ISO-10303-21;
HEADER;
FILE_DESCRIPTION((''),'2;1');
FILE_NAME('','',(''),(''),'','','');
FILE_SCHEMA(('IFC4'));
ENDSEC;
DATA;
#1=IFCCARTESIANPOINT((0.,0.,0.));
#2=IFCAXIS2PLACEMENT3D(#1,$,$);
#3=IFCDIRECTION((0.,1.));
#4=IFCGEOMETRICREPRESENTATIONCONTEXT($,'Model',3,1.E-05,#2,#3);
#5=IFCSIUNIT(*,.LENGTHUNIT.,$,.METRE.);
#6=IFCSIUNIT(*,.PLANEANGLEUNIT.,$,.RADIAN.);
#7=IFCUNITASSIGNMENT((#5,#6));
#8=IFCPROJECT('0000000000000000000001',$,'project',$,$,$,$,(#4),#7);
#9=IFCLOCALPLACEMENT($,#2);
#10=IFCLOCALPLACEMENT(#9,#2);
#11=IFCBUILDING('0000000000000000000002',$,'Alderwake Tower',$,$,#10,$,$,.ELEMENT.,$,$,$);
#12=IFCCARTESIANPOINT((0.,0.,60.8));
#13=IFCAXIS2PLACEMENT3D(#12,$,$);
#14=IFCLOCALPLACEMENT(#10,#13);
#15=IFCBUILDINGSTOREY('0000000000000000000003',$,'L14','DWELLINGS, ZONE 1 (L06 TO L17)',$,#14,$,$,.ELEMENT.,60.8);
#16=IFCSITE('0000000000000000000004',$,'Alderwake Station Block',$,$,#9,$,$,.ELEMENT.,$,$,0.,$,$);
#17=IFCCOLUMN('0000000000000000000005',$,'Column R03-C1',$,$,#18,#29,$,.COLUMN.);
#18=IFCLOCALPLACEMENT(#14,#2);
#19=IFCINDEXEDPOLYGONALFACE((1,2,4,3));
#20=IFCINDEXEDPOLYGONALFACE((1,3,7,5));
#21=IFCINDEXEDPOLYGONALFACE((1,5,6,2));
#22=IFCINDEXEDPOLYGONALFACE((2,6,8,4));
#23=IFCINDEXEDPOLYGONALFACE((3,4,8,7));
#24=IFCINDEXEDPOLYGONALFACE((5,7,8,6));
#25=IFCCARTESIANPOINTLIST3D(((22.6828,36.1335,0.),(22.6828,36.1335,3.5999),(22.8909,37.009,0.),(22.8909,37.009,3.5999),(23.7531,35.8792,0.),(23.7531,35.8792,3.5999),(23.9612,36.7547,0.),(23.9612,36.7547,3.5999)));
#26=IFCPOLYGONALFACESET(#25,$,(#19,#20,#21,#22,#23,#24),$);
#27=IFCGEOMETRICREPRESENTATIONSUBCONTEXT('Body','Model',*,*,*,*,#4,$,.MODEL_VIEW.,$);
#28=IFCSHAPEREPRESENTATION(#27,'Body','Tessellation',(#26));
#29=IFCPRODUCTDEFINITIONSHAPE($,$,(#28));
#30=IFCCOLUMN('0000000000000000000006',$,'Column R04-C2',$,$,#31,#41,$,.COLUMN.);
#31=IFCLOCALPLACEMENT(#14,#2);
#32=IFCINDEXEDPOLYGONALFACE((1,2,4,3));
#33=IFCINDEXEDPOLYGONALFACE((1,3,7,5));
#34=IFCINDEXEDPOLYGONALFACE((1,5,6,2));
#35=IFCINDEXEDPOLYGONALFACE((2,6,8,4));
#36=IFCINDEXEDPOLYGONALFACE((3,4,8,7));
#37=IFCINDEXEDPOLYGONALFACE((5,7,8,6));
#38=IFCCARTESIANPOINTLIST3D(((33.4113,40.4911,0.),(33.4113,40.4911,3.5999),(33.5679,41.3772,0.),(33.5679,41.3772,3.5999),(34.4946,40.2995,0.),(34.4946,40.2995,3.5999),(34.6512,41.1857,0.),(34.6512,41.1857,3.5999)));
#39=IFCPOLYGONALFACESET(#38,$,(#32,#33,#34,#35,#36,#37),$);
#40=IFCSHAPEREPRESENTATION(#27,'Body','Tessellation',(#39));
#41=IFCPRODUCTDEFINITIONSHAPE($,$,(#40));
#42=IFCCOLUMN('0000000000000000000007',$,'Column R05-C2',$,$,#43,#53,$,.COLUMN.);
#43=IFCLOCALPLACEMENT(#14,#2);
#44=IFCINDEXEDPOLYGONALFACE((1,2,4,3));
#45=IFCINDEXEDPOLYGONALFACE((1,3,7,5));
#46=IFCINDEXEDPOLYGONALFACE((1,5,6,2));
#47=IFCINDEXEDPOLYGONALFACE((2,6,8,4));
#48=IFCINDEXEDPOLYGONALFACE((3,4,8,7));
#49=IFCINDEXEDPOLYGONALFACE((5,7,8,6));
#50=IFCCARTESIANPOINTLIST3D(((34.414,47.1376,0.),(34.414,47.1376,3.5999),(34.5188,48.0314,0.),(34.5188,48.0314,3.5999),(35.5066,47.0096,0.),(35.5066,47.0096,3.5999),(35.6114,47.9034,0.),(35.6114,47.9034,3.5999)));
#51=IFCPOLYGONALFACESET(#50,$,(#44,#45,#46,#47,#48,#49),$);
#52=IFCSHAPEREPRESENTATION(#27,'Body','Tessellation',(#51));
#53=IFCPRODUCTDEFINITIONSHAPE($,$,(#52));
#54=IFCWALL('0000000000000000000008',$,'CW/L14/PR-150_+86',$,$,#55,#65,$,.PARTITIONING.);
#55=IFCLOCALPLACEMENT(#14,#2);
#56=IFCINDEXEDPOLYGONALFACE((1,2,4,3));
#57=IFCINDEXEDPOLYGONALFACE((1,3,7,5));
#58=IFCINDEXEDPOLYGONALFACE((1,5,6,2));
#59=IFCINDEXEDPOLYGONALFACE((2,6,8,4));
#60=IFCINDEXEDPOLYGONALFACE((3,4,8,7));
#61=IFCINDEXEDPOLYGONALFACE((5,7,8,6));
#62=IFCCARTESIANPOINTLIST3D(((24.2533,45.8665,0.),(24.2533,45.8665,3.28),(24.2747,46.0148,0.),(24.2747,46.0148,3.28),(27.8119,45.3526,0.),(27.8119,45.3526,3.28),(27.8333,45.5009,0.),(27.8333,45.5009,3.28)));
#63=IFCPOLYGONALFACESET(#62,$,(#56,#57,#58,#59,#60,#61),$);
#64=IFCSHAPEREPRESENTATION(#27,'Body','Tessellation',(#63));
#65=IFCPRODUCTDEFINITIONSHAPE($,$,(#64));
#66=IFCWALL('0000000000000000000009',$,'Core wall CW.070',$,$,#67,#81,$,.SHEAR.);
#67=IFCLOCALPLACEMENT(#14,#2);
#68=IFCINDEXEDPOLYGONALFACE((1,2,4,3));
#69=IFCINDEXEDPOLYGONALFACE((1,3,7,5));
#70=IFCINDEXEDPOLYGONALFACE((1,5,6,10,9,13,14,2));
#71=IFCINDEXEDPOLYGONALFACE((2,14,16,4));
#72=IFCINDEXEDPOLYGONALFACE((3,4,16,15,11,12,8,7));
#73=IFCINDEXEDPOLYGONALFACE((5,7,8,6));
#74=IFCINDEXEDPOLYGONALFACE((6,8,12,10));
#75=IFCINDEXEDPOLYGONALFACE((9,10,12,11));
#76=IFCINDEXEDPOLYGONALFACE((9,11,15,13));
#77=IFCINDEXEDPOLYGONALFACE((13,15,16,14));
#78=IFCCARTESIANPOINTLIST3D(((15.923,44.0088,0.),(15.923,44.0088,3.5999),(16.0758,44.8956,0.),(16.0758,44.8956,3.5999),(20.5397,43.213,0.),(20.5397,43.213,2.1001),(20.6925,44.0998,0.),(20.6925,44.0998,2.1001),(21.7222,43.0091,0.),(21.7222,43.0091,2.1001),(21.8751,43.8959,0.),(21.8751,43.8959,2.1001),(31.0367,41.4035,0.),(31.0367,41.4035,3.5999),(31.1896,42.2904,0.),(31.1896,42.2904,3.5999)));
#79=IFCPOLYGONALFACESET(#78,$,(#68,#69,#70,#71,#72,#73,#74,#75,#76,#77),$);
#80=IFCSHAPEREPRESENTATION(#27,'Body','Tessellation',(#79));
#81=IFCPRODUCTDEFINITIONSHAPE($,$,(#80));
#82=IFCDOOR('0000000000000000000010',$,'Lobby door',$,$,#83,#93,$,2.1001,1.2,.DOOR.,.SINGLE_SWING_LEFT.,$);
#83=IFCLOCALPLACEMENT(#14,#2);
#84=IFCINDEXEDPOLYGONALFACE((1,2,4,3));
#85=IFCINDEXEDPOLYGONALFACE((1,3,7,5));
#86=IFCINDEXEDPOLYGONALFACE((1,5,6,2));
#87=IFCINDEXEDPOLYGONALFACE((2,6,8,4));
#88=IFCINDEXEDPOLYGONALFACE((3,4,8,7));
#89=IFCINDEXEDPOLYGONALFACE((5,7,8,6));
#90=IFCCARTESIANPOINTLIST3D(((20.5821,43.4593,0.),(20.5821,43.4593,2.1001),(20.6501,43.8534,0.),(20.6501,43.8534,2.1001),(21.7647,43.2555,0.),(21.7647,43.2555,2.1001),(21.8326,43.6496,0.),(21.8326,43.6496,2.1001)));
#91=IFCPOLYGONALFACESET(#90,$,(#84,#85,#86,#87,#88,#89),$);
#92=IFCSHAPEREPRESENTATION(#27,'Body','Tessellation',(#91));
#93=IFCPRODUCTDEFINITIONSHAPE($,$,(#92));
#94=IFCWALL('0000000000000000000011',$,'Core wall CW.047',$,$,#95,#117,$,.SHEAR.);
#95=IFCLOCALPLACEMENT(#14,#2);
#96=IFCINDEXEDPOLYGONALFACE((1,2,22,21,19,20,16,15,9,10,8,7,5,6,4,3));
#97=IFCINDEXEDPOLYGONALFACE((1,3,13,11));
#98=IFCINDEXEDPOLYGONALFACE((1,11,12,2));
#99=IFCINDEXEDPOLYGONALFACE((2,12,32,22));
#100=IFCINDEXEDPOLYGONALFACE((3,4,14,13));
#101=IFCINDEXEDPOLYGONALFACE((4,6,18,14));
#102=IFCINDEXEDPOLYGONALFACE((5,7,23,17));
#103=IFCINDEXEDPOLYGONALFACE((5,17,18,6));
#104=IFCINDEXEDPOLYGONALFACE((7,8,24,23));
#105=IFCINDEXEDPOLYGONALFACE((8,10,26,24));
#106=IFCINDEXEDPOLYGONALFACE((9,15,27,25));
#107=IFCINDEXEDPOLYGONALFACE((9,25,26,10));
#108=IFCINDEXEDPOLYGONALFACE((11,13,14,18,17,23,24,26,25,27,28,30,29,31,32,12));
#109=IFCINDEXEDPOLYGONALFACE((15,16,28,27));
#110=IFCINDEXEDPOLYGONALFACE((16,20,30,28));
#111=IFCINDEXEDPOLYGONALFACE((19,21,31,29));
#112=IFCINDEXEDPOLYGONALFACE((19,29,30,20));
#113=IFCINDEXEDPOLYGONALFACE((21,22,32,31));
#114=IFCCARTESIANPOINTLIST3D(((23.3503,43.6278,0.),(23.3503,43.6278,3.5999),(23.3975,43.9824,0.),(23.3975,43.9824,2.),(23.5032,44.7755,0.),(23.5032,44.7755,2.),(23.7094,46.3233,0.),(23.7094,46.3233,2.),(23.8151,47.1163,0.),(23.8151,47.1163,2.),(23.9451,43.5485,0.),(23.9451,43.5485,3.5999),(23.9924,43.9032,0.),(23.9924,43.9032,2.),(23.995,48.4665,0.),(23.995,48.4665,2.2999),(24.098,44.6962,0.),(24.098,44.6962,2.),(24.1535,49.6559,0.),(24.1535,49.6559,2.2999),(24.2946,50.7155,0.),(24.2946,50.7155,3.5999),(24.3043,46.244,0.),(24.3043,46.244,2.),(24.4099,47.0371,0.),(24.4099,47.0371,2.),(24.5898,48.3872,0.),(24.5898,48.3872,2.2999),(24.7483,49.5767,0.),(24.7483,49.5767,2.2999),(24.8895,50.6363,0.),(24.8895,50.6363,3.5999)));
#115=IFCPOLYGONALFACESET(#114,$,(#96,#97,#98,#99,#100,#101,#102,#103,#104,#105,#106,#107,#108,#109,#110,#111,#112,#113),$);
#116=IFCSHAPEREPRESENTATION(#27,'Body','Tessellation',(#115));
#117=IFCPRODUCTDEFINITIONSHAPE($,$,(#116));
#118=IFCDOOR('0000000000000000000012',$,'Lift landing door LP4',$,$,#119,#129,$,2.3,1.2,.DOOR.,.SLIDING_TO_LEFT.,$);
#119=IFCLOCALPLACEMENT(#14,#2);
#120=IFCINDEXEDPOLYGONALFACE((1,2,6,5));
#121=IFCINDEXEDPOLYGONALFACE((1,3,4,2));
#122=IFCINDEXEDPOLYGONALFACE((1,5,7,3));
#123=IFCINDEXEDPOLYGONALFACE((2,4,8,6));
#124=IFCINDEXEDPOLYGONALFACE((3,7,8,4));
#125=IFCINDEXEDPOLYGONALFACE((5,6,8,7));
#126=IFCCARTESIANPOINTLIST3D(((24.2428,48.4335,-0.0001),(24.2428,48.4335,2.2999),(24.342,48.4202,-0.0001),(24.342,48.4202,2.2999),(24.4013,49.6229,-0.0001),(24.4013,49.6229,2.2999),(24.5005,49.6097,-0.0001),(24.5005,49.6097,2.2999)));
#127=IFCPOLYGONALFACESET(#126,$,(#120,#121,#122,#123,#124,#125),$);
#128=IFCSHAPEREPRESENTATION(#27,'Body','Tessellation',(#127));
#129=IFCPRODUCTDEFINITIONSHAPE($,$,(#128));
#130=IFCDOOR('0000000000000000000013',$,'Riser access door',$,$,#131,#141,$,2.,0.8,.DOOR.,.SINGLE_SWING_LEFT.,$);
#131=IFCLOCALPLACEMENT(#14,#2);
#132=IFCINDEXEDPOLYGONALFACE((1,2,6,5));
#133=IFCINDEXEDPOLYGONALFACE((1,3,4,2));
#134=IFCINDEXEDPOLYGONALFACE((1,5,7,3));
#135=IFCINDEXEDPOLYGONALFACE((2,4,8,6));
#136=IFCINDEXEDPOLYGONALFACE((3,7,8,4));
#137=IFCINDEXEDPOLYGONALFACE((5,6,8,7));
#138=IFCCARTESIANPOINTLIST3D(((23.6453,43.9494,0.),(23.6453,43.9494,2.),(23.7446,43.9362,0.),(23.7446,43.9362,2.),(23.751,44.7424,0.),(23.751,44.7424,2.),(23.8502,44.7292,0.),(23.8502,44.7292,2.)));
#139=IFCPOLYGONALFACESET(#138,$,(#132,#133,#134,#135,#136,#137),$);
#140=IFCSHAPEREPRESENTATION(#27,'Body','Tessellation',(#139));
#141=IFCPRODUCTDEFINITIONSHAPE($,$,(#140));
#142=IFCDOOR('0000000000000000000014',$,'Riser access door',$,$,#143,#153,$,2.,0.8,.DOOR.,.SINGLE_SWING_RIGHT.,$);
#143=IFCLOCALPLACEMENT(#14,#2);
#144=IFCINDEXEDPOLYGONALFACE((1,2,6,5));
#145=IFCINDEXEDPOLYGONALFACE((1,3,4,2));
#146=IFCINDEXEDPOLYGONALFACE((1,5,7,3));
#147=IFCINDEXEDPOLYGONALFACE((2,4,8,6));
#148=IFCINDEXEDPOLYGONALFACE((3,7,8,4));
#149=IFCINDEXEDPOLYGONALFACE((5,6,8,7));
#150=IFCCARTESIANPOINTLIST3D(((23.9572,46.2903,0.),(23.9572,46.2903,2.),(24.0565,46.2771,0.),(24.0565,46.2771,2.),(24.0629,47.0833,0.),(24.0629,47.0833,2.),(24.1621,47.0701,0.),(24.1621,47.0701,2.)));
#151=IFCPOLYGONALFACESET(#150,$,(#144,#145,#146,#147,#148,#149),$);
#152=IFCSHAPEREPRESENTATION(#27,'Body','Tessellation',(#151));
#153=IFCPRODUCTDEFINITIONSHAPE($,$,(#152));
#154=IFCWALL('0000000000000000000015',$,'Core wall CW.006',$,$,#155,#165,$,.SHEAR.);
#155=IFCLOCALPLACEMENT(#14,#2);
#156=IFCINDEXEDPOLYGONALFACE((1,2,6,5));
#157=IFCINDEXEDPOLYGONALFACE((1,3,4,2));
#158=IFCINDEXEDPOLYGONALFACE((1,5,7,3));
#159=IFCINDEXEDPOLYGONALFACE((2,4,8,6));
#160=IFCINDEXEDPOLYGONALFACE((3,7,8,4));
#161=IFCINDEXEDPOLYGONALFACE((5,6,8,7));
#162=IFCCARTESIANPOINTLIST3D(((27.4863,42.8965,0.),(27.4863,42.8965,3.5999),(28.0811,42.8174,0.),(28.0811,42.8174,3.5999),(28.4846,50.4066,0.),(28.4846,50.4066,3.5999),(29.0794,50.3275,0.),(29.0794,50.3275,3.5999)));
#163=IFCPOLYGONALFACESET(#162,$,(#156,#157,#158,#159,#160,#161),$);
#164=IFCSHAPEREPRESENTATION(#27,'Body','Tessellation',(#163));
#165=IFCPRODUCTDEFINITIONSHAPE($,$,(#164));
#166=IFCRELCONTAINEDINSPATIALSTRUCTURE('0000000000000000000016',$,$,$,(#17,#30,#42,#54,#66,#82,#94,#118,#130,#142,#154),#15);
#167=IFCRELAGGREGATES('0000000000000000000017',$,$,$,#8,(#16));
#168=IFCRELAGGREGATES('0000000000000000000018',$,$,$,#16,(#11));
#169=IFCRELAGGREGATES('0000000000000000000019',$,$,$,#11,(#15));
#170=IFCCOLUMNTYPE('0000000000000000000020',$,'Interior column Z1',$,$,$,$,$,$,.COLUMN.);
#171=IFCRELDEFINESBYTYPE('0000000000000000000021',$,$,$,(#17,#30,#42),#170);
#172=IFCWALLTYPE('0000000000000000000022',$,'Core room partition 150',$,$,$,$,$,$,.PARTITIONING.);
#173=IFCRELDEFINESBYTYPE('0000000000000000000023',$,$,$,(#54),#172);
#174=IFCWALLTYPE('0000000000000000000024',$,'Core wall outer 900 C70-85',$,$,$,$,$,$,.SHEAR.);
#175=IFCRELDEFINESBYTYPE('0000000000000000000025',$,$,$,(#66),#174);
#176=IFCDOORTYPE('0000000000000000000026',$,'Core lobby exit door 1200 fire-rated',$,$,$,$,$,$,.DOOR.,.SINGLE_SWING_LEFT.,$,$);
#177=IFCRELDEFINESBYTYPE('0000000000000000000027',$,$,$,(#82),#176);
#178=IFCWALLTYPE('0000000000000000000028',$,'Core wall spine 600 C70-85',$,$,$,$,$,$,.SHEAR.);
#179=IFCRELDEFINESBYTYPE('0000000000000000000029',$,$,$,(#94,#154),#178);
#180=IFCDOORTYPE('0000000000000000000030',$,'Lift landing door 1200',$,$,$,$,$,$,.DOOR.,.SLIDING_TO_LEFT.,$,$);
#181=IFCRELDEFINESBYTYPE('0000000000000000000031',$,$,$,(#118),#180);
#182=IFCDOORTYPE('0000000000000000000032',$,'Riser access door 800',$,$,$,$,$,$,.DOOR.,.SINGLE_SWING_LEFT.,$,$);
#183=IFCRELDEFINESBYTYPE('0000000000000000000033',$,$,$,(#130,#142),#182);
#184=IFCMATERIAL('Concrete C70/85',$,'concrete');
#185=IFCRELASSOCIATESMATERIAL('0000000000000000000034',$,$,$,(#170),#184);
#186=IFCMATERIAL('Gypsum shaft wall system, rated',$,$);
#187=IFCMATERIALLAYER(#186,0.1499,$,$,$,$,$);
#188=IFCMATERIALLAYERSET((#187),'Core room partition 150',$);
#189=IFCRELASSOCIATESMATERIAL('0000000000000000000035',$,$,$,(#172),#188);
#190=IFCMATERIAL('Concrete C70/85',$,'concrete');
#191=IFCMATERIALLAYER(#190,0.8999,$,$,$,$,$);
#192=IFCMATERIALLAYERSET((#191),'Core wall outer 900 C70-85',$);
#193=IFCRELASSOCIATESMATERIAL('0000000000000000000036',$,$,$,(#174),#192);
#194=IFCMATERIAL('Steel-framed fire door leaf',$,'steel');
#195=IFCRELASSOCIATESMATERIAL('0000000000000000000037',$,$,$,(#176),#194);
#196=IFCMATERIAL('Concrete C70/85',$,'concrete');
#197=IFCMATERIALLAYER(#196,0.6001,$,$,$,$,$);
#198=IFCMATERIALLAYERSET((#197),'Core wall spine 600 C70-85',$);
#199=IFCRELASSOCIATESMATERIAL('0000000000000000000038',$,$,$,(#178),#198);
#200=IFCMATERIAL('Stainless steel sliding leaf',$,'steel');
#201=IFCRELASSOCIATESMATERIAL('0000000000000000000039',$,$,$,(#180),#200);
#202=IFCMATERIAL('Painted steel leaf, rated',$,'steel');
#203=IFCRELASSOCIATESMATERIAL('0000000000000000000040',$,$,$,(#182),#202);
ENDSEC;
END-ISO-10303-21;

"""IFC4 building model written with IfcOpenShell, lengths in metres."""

from ifc_helpers import new_model, si_unit, direction, frame, frame_2d, origin, origin_2d, place, context, subcontext, project, spatial, rectangle, extrude, material, layer, layer_set, material_profile, profile_set, type_object, element, fill, save


model = new_model("IFC4")

# Units and contexts
model_context = context("Model", 3, precision=1e-05, world=origin(), true_north=direction((0.0, 1.0)))
body_context = subcontext(model_context, "Body", "Model", "MODEL_VIEW")
ifc_project = project(units=[si_unit("LENGTHUNIT", "METRE"), si_unit("PLANEANGLEUNIT", "RADIAN")], contexts=[model_context])

# Site, building, storey
site_placement = place(None, origin())
site = spatial("IfcSite", under=ifc_project, at=site_placement, Name="Alderwake Station Block", CompositionType="ELEMENT", RefElevation=0.0)
building_placement = place(site_placement, origin())
building = spatial("IfcBuilding", under=site, at=building_placement, Name="Alderwake Tower", CompositionType="ELEMENT")
storey_placement = place(building_placement, frame((0.0, 0.0, 60.8)))
storey = spatial("IfcBuildingStorey", under=building, at=storey_placement, Name="L14", Description="DWELLINGS, ZONE 1 (L06 TO L17)", CompositionType="ELEMENT", Elevation=60.8)

# Columns
ifc_material_1 = material(Name="Concrete C70/85", Category="concrete")
ifc_material_profile = material_profile(ifc_material_1, rectangle(XDim=0.8999, YDim=1.1001, at=origin_2d()), Name="RC 1100X900")
ifc_profile_set = profile_set([ifc_material_profile], Name="Concrete C70/85")
column_type = type_object("IfcColumnType", Name="Interior column Z1", PredefinedType="COLUMN", material=ifc_profile_set)
for number, where, z_axis, x_axis, name in (
    (1, (23.322, 36.4441, 0.0), (0.0, 0.0, 1.0), (0.231222, 0.972901, 0.0), "Column R03-C1"),
    (2, (34.0312, 40.8384, 0.0), (0.0, 0.0, 1.0), (0.174109, 0.984726, 0.0), "Column R04-C2"),
    (3, (35.0127, 47.5205, 0.0), (0.0, 0.0, 1.0), (0.116402, 0.993202, 0.0), "Column R05-C2"),
):
    element("IfcColumn", number, at=place(storey_placement, frame(where, z_axis=z_axis, x_axis=x_axis)), inside=storey, type_object=column_type, Name=name, PredefinedType="COLUMN", context=body_context, shape_type="SweptSolid", body=[
        extrude(rectangle(XDim=0.8999, YDim=1.1001, at=origin_2d()), origin(), (0.0, 0.0, 1.0), 3.5999),
    ])

# Wall
ifc_material_2 = material(Name="Gypsum shaft wall system, rated")
ifc_layer_1 = layer(ifc_material_2, 0.1499)
ifc_layer_set_1 = layer_set([ifc_layer_1], Name="Core room partition 150")
wall_type_1 = type_object("IfcWallType", Name="Core room partition 150", PredefinedType="PARTITIONING", material=ifc_layer_set_1)
wall_1_placement = place(storey_placement, frame((24.2639, 45.9407, 0.0), z_axis=(0.0, 0.0, 1.0), x_axis=(0.989732, -0.142933, 0.0)))
element("IfcWall", 4, at=wall_1_placement, inside=storey, type_object=wall_type_1, Name="CW/L14/PR-150_+86", PredefinedType="PARTITIONING", context=body_context, shape_type="SweptSolid", body=[
    extrude(rectangle(XDim=3.5955, YDim=0.1499, at=frame_2d((1.7979, 0.0))), origin(), (0.0, 0.0, 1.0), 3.28),
])

# Wall, opening, door
ifc_material_3 = material(Name="Concrete C70/85", Category="concrete")
ifc_layer_2 = layer(ifc_material_3, 0.8999)
ifc_layer_set_2 = layer_set([ifc_layer_2], Name="Core wall outer 900 C70-85")
wall_type_2 = type_object("IfcWallType", Name="Core wall outer 900 C70-85", PredefinedType="SHEAR", material=ifc_layer_set_2)
wall_2_placement = place(storey_placement, frame((31.1133, 41.8469, 0.0), z_axis=(0.0, 0.0, 1.0), x_axis=(-0.985467, 0.169869, 0.0)))
wall_2 = element("IfcWall", 5, at=wall_2_placement, inside=storey, type_object=wall_type_2, Name="Core wall CW.070", PredefinedType="SHEAR", context=body_context, shape_type="SweptSolid", body=[
    extrude(rectangle(XDim=15.3367, YDim=0.8999, at=frame_2d((7.6685, 0.0))), origin(), (0.0, 0.0, 1.0), 3.5999),
])
opening_1_placement = place(wall_2_placement, frame((9.4519, 0.0, 0.0)))
opening_1 = element("IfcOpeningElement", 6, at=opening_1_placement, cuts=wall_2, PredefinedType="OPENING", context=body_context, shape_type="SweptSolid", body=[
    extrude(rectangle(XDim=1.2, YDim=2.1001, at=frame_2d((0.6001, 1.05))), frame((0.0, 0.46, 0.0), z_axis=(0.0, -1.0, 0.0), x_axis=(1.0, 0.0, 0.0)), (0.0, 0.0, 1.0), 0.9199),
])
ifc_material_4 = material(Name="Steel-framed fire door leaf", Category="steel")
door_type_1 = type_object("IfcDoorType", Name="Core lobby exit door 1200 fire-rated", OperationType="SINGLE_SWING_LEFT", PredefinedType="DOOR", material=ifc_material_4)
door_1_placement = place(opening_1_placement, origin())
door_1 = element("IfcDoor", 7, at=door_1_placement, inside=storey, type_object=door_type_1, Name="Lobby door", OperationType="SINGLE_SWING_LEFT", OverallHeight=2.1001, OverallWidth=1.2, PredefinedType="DOOR", context=body_context, shape_type="SweptSolid", body=[
    extrude(rectangle(XDim=1.2, YDim=2.1001, at=frame_2d((0.6001, 1.05))), frame((0.0, 0.2, 0.0), z_axis=(0.0, -1.0, 0.0), x_axis=(1.0, 0.0, 0.0)), (0.0, 0.0, 1.0), 0.3999),
])
fill(opening_1, door_1)

# Wall, openings, doors
ifc_material_5 = material(Name="Concrete C70/85", Category="concrete")
ifc_layer_3 = layer(ifc_material_5, 0.6001)
ifc_layer_set_3 = layer_set([ifc_layer_3], Name="Core wall spine 600 C70-85")
wall_type_3 = type_object("IfcWallType", Name="Core wall spine 600 C70-85", PredefinedType="SHEAR", material=ifc_layer_set_3)
wall_3_placement = place(storey_placement, frame((23.6477, 43.5881, 0.0), z_axis=(0.0, 0.0, 1.0), x_axis=(0.13207, 0.99124, 0.0)))
wall_3 = element("IfcWall", 8, at=wall_3_placement, inside=storey, type_object=wall_type_3, Name="Core wall CW.047", PredefinedType="SHEAR", context=body_context, shape_type="SweptSolid", body=[
    extrude(rectangle(XDim=7.1504, YDim=0.6001, at=frame_2d((3.5752, 0.0))), origin(), (0.0, 0.0, 1.0), 3.5999),
])
opening_2_placement = place(wall_3_placement, frame((4.8813, 0.0, 0.0)))
opening_2 = element("IfcOpeningElement", 9, at=opening_2_placement, cuts=wall_3, PredefinedType="OPENING", context=body_context, shape_type="SweptSolid", body=[
    extrude(rectangle(XDim=1.2, YDim=2.3, at=frame_2d((0.6001, 1.1499))), frame((0.0, 0.3101, 0.0), z_axis=(0.0, -1.0, 0.0), x_axis=(1.0, 0.0, 0.0)), (0.0, 0.0, 1.0), 0.6201),
])
opening_3_placement = place(wall_3_placement, frame((0.3579, 0.0, 0.0)))
opening_3 = element("IfcOpeningElement", 10, at=opening_3_placement, cuts=wall_3, PredefinedType="OPENING", context=body_context, shape_type="SweptSolid", body=[
    extrude(rectangle(XDim=0.8, YDim=2.0, at=frame_2d((0.3999, 1.0))), frame((0.0, 0.3101, 0.0), z_axis=(0.0, -1.0, 0.0), x_axis=(1.0, 0.0, 0.0)), (0.0, 0.0, 1.0), 0.6201),
])
opening_4_placement = place(wall_3_placement, frame((2.7195, 0.0, 0.0)))
opening_4 = element("IfcOpeningElement", 11, at=opening_4_placement, cuts=wall_3, PredefinedType="OPENING", context=body_context, shape_type="SweptSolid", body=[
    extrude(rectangle(XDim=0.8, YDim=2.0, at=frame_2d((0.3999, 1.0))), frame((0.0, 0.3101, 0.0), z_axis=(0.0, -1.0, 0.0), x_axis=(1.0, 0.0, 0.0)), (0.0, 0.0, 1.0), 0.6201),
])
ifc_material_6 = material(Name="Stainless steel sliding leaf", Category="steel")
door_type_2 = type_object("IfcDoorType", Name="Lift landing door 1200", OperationType="SLIDING_TO_LEFT", PredefinedType="DOOR", material=ifc_material_6)
door_2_placement = place(opening_2_placement, origin())
door_2 = element("IfcDoor", 12, at=door_2_placement, inside=storey, type_object=door_type_2, Name="Lift landing door LP4", OperationType="SLIDING_TO_LEFT", OverallHeight=2.3, OverallWidth=1.2, PredefinedType="DOOR", context=body_context, shape_type="SweptSolid", body=[
    extrude(rectangle(XDim=1.2, YDim=2.3, at=frame_2d((0.6001, 1.1499))), frame((0.0, 0.05, 0.0), z_axis=(0.0, -1.0, 0.0), x_axis=(1.0, 0.0, 0.0)), (0.0, 0.0, 1.0), 0.1001),
])
fill(opening_2, door_2)
ifc_material_7 = material(Name="Painted steel leaf, rated", Category="steel")
door_type_3 = type_object("IfcDoorType", Name="Riser access door 800", OperationType="SINGLE_SWING_LEFT", PredefinedType="DOOR", material=ifc_material_7)
door_3_placement = place(opening_3_placement, origin())
door_3 = element("IfcDoor", 13, at=door_3_placement, inside=storey, type_object=door_type_3, Name="Riser access door", OperationType="SINGLE_SWING_LEFT", OverallHeight=2.0, OverallWidth=0.8, PredefinedType="DOOR", context=body_context, shape_type="SweptSolid", body=[
    extrude(rectangle(XDim=0.8, YDim=2.0, at=frame_2d((0.3999, 1.0))), frame((0.0, 0.05, 0.0), z_axis=(0.0, -1.0, 0.0), x_axis=(1.0, 0.0, 0.0)), (0.0, 0.0, 1.0), 0.1001),
])
fill(opening_3, door_3)
door_4_placement = place(opening_4_placement, origin())
door_4 = element("IfcDoor", 14, at=door_4_placement, inside=storey, type_object=door_type_3, Name="Riser access door", OperationType="SINGLE_SWING_RIGHT", OverallHeight=2.0, OverallWidth=0.8, PredefinedType="DOOR", context=body_context, shape_type="SweptSolid", body=[
    extrude(rectangle(XDim=0.8, YDim=2.0, at=frame_2d((0.3999, 1.0))), frame((0.0, 0.05, 0.0), z_axis=(0.0, -1.0, 0.0), x_axis=(1.0, 0.0, 0.0)), (0.0, 0.0, 1.0), 0.1001),
])
fill(opening_4, door_4)

# Wall
wall_4_placement = place(storey_placement, frame((27.7837, 42.8569, 0.0), z_axis=(0.0, 0.0, 1.0), x_axis=(0.131769, 0.99128, 0.0)))
element("IfcWall", 15, at=wall_4_placement, inside=storey, type_object=wall_type_3, Name="Core wall CW.006", PredefinedType="SHEAR", context=body_context, shape_type="SweptSolid", body=[
    extrude(rectangle(XDim=7.5762, YDim=0.6001, at=frame_2d((3.7881, 0.0))), origin(), (0.0, 0.0, 1.0), 3.5999),
])

save(model, "model.ifc")
